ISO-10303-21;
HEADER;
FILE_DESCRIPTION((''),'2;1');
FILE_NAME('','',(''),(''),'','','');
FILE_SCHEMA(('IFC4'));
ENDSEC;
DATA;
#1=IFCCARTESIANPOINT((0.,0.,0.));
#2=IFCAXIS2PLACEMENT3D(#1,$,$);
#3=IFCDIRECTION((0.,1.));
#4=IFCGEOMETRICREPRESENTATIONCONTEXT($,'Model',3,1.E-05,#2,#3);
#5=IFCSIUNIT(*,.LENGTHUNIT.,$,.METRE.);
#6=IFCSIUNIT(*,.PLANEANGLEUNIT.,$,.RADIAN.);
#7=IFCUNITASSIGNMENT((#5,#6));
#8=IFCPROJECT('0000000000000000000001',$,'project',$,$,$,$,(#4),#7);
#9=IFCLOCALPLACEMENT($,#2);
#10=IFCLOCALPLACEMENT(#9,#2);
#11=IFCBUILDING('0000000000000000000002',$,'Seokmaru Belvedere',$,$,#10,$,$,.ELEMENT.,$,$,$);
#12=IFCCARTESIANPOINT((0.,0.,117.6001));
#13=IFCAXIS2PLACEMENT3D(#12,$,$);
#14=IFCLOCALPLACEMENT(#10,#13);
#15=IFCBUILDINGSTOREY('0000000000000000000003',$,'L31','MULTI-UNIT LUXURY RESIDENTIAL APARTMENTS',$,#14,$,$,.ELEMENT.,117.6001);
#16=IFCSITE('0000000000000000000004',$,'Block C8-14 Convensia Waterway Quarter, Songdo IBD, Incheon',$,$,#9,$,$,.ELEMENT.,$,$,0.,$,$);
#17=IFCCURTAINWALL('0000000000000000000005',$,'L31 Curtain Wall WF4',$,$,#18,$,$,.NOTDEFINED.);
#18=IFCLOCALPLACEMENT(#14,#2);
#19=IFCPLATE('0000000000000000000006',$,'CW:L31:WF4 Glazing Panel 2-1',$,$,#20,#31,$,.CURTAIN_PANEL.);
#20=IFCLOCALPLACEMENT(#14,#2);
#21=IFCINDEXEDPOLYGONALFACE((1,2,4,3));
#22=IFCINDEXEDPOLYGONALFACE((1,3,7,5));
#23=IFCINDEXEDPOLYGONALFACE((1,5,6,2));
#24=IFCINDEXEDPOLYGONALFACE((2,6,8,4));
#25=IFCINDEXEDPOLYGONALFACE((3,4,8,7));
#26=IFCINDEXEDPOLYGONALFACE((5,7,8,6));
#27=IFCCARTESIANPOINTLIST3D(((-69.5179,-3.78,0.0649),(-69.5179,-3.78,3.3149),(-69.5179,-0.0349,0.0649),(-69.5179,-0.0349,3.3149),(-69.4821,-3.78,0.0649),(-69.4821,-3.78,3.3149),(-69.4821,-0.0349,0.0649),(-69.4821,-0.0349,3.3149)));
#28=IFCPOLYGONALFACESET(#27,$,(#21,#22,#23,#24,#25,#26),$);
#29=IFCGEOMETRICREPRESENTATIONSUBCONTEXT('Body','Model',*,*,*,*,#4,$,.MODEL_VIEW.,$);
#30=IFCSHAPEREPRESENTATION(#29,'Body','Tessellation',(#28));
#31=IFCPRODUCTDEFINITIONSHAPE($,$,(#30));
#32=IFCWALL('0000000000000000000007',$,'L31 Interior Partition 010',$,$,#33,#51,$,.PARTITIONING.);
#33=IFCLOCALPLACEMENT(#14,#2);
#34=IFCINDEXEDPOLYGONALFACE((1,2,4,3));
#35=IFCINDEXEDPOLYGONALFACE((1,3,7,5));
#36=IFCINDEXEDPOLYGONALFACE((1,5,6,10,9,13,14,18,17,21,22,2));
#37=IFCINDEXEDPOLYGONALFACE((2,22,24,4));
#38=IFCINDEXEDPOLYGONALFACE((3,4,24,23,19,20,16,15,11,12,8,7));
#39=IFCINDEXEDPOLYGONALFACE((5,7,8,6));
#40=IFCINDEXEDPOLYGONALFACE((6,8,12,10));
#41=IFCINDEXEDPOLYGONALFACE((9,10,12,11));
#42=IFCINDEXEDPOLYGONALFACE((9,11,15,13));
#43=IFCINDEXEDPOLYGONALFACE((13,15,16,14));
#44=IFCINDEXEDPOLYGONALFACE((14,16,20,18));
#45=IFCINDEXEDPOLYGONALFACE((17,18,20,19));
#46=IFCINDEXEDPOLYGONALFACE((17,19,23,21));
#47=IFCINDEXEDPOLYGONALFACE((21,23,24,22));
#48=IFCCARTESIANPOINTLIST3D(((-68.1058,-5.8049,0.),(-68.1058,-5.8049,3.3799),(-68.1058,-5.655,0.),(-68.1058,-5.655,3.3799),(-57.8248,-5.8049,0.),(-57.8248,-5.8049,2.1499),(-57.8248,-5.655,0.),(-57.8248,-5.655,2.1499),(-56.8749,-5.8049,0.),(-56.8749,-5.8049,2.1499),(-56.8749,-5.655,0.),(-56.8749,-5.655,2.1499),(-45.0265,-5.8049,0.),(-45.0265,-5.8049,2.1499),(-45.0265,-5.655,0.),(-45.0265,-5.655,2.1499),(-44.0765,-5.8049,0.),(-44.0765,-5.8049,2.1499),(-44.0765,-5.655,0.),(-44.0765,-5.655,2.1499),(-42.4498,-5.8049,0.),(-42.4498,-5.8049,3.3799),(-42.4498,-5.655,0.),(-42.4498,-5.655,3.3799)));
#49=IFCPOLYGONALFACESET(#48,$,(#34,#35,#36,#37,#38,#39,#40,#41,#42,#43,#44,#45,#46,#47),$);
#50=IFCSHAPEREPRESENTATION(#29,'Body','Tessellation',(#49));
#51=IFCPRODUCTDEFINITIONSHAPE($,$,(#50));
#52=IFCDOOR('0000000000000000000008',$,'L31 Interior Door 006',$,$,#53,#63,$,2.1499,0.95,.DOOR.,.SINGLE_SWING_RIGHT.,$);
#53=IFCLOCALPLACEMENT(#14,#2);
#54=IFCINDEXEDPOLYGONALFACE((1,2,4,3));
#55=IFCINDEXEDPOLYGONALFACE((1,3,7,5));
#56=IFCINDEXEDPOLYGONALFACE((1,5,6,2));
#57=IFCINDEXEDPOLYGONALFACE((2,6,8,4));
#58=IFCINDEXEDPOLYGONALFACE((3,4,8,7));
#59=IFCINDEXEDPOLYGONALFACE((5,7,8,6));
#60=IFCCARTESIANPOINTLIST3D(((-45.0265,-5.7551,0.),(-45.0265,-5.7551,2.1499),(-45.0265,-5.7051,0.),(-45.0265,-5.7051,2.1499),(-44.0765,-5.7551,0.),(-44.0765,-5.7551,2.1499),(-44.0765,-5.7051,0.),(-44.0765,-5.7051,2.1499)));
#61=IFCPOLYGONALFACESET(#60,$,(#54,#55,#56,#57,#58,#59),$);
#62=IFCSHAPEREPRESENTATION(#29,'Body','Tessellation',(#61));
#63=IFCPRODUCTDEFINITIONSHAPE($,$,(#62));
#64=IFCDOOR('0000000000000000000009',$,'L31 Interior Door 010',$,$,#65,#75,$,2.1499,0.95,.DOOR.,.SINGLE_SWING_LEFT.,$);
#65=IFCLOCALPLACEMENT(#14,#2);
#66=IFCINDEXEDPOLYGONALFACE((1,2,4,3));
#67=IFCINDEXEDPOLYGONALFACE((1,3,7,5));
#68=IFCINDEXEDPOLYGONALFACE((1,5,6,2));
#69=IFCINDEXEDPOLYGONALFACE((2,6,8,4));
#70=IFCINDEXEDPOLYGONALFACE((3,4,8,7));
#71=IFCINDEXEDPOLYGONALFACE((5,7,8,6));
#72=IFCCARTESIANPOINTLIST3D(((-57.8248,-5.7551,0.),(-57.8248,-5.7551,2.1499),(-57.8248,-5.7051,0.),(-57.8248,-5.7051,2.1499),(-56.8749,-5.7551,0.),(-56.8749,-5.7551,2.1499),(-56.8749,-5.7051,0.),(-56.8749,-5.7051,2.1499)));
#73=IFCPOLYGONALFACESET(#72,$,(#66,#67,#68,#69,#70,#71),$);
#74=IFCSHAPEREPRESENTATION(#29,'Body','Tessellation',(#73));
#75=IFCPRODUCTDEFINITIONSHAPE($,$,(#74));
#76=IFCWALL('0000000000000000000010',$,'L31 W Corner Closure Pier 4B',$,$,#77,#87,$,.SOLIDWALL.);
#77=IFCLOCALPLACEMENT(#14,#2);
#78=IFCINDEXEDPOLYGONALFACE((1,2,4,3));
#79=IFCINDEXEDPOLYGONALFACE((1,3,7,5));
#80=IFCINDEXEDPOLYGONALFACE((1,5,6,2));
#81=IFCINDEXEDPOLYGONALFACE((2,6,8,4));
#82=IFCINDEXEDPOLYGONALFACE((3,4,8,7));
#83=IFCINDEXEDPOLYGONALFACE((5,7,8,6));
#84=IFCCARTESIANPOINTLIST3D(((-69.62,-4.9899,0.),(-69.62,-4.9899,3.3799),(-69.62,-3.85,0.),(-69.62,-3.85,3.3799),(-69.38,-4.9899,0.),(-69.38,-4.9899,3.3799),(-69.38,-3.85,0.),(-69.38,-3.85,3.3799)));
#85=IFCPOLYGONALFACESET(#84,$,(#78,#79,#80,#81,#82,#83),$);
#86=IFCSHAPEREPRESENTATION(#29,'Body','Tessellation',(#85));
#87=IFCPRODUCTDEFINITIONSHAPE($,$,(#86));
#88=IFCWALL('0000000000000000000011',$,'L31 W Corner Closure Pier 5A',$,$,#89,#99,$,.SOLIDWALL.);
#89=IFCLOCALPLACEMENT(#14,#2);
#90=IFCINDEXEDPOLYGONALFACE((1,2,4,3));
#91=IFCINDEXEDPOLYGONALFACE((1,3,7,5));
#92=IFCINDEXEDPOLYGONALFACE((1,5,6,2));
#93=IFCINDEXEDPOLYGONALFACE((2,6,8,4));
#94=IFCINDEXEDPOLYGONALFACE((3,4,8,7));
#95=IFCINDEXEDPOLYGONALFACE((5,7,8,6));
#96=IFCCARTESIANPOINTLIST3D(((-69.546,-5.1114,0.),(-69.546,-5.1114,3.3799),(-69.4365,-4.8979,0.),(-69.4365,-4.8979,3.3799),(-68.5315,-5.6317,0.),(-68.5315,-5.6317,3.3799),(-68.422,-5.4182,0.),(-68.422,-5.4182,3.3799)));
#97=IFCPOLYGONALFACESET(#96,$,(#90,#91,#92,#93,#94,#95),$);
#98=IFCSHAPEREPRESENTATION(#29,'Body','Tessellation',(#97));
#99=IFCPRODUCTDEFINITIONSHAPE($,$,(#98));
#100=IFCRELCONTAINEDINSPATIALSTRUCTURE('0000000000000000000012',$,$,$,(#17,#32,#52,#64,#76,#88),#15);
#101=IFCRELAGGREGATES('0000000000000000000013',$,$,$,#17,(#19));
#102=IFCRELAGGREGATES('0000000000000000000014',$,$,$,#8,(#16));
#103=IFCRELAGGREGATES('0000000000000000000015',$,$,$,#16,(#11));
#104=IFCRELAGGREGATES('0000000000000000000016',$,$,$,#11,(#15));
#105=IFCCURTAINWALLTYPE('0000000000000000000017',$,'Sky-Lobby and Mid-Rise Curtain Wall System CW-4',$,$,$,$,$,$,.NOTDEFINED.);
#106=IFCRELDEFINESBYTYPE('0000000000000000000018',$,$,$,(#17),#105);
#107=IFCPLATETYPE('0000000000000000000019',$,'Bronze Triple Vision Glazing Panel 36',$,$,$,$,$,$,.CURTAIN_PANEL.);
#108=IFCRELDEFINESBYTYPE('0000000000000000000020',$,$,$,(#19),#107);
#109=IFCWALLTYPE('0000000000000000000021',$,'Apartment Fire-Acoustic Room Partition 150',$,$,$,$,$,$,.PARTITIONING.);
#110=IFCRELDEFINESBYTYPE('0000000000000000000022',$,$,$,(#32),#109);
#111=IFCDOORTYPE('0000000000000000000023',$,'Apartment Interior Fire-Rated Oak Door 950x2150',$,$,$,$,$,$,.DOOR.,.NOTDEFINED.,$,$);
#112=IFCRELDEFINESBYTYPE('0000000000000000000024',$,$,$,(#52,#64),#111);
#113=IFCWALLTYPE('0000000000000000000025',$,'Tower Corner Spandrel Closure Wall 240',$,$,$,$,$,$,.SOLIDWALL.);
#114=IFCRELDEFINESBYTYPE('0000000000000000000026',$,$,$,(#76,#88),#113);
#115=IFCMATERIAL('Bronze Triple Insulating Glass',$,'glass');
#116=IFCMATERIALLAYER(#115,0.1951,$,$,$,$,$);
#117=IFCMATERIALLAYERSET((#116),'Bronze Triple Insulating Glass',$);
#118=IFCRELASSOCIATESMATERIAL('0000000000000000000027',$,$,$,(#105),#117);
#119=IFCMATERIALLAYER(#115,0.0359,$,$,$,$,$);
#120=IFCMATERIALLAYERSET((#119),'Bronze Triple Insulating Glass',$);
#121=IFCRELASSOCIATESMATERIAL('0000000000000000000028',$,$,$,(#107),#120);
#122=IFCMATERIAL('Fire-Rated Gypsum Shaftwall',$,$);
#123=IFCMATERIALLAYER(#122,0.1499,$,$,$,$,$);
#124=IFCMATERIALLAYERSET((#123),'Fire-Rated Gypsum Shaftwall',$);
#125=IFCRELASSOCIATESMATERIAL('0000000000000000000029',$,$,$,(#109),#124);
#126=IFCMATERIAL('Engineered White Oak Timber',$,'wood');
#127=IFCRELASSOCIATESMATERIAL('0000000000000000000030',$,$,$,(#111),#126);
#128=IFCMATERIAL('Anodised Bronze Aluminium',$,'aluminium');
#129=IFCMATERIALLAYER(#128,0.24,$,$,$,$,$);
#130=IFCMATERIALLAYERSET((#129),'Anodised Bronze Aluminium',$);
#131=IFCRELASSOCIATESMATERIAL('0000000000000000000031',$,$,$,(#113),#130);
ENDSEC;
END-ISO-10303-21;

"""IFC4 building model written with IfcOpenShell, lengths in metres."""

from ifc_helpers import new_model, si_unit, direction, frame, frame_2d, origin, origin_2d, place, context, subcontext, project, spatial, rectangle, extrude, source, transform, mapped, material, layer, layer_set, type_object, type_shapes, element, fill, aggregate, save


model = new_model("IFC4")

# Units and contexts
model_context = context("Model", 3, precision=1e-05, world=origin(), true_north=direction((0.0, 1.0)))
body_context = subcontext(model_context, "Body", "Model", "MODEL_VIEW")
ifc_project = project(units=[si_unit("LENGTHUNIT", "METRE"), si_unit("PLANEANGLEUNIT", "RADIAN")], contexts=[model_context])

# Site, building, storey
site_placement = place(None, origin())
site = spatial("IfcSite", under=ifc_project, at=site_placement, Name="Block C8-14 Convensia Waterway Quarter, Songdo IBD, Incheon", CompositionType="ELEMENT", RefElevation=0.0)
building_placement = place(site_placement, origin())
building = spatial("IfcBuilding", under=site, at=building_placement, Name="Seokmaru Belvedere", CompositionType="ELEMENT")
storey_placement = place(building_placement, frame((0.0, 0.0, 117.6001)))
storey = spatial("IfcBuildingStorey", under=building, at=storey_placement, Name="L31", Description="MULTI-UNIT LUXURY RESIDENTIAL APARTMENTS", CompositionType="ELEMENT", Elevation=117.6001)

# Curtain wall
ifc_material_1 = material(Name="Bronze Triple Insulating Glass", Category="glass")
ifc_layer_1 = layer(ifc_material_1, 0.1951)
ifc_layer_set_1 = layer_set([ifc_layer_1], Name="Bronze Triple Insulating Glass")
curtain_wall_type = type_object("IfcCurtainWallType", Name="Sky-Lobby and Mid-Rise Curtain Wall System CW-4", PredefinedType="NOTDEFINED", material=ifc_layer_set_1)
curtain_wall_1_placement = place(storey_placement, origin())
curtain_wall_1 = element("IfcCurtainWall", 1, at=curtain_wall_1_placement, inside=storey, type_object=curtain_wall_type, Name="L31 Curtain Wall WF4", PredefinedType="NOTDEFINED")
ifc_material_2 = material(Name="Anodised Bronze Aluminium", Category="aluminium")

# Shared definitions
ifc_layer_2 = layer(ifc_material_1, 0.0359)
ifc_layer_set_2 = layer_set([ifc_layer_2], Name="Bronze Triple Insulating Glass")
plate_type = type_object("IfcPlateType", Name="Bronze Triple Vision Glazing Panel 36", PredefinedType="CURTAIN_PANEL", material=ifc_layer_set_2)

# Plate
shared_shape_1 = source(origin(), body_context, "Body", "SweptSolid", [
    extrude(rectangle(XDim=3.7451, YDim=0.0359, at=origin_2d()), origin(), (0.0, 0.0, 1.0), 3.25),
])
plate_1_placement = place(storey_placement, frame((-69.5, -1.9075, 0.0649), z_axis=(0.0, 0.0, 1.0), x_axis=(0.0, -1.0, 0.0)))
plate_1 = element("IfcPlate", 2, at=plate_1_placement, type_object=plate_type, Name="CW:L31:WF4 Glazing Panel 2-1", PredefinedType="CURTAIN_PANEL", context=body_context, shape_type="MappedRepresentation", body=[
    mapped(shared_shape_1, transform((0.0, 0.0, 0.0), scale=1.0)),
])
aggregate(curtain_wall_1, [plate_1])

# Wall, openings, doors
ifc_material_3 = material(Name="Fire-Rated Gypsum Shaftwall")
ifc_layer_3 = layer(ifc_material_3, 0.1499)
ifc_layer_set_3 = layer_set([ifc_layer_3], Name="Fire-Rated Gypsum Shaftwall")
wall_type_1 = type_object("IfcWallType", Name="Apartment Fire-Acoustic Room Partition 150", PredefinedType="PARTITIONING", material=ifc_layer_set_3)
wall_1_placement = place(storey_placement, frame((-68.106, -5.73, 0.0), z_axis=(0.0, 0.0, 1.0), x_axis=(1.0, 0.0, 0.0)))
wall_1 = element("IfcWall", 3, at=wall_1_placement, inside=storey, type_object=wall_type_1, Name="L31 Interior Partition 010", PredefinedType="PARTITIONING", context=body_context, shape_type="SweptSolid", body=[
    extrude(rectangle(XDim=25.656, YDim=0.1499, at=frame_2d((12.8281, 0.0))), origin(), (0.0, 0.0, 1.0), 3.3799),
])
opening_1_placement = place(wall_1_placement, frame((23.0793, 0.0, 0.0)))
opening_1 = element("IfcOpeningElement", 4, at=opening_1_placement, cuts=wall_1, PredefinedType="OPENING", context=body_context, shape_type="SweptSolid", body=[
    extrude(rectangle(XDim=0.95, YDim=2.1499, at=frame_2d((0.4751, 1.075))), frame((0.0, 0.085, 0.0), z_axis=(0.0, -1.0, 0.0), x_axis=(1.0, 0.0, 0.0)), (0.0, 0.0, 1.0), 0.1699),
])
opening_2_placement = place(wall_1_placement, frame((10.281, 0.0, 0.0)))
opening_2 = element("IfcOpeningElement", 5, at=opening_2_placement, cuts=wall_1, PredefinedType="OPENING", context=body_context, shape_type="SweptSolid", body=[
    extrude(rectangle(XDim=0.95, YDim=2.1499, at=frame_2d((0.4751, 1.075))), frame((0.0, 0.085, 0.0), z_axis=(0.0, -1.0, 0.0), x_axis=(1.0, 0.0, 0.0)), (0.0, 0.0, 1.0), 0.1699),
])
ifc_material_4 = material(Name="Engineered White Oak Timber", Category="wood")
door_type = type_object("IfcDoorType", Name="Apartment Interior Fire-Rated Oak Door 950x2150", OperationType="NOTDEFINED", PredefinedType="DOOR", material=ifc_material_4)
shared_shape_2 = source(origin(), body_context, "Body", "SweptSolid", [
    extrude(rectangle(XDim=0.95, YDim=2.1499, at=frame_2d((0.4751, 1.075))), frame((0.0, 0.0249, 0.0), z_axis=(0.0, -1.0, 0.0), x_axis=(1.0, 0.0, 0.0)), (0.0, 0.0, 1.0), 0.05),
])
type_shapes(door_type, [shared_shape_2])
door_1_placement = place(opening_1_placement, origin())
door_1 = element("IfcDoor", 6, at=door_1_placement, inside=storey, type_object=door_type, Name="L31 Interior Door 006", OperationType="SINGLE_SWING_RIGHT", OverallHeight=2.1499, OverallWidth=0.95, PredefinedType="DOOR", context=body_context, shape_type="MappedRepresentation", body=[
    mapped(shared_shape_2, transform((0.0, 0.0, 0.0), scale=1.0)),
])
fill(opening_1, door_1)
door_2_placement = place(opening_2_placement, origin())
door_2 = element("IfcDoor", 7, at=door_2_placement, inside=storey, type_object=door_type, Name="L31 Interior Door 010", OperationType="SINGLE_SWING_LEFT", OverallHeight=2.1499, OverallWidth=0.95, PredefinedType="DOOR", context=body_context, shape_type="MappedRepresentation", body=[
    mapped(shared_shape_2, transform((0.0, 0.0, 0.0), scale=1.0)),
])
fill(opening_2, door_2)

# Walls
ifc_layer_4 = layer(ifc_material_2, 0.24)
ifc_layer_set_4 = layer_set([ifc_layer_4], Name="Anodised Bronze Aluminium")
wall_type_2 = type_object("IfcWallType", Name="Tower Corner Spandrel Closure Wall 240", PredefinedType="SOLIDWALL", material=ifc_layer_set_4)
wall_2_placement = place(storey_placement, frame((-69.5, -3.8501, 0.0), z_axis=(0.0, 0.0, 1.0), x_axis=(0.0, -1.0, 0.0)))
element("IfcWall", 8, at=wall_2_placement, inside=storey, type_object=wall_type_2, Name="L31 W Corner Closure Pier 4B", PredefinedType="SOLIDWALL", context=body_context, shape_type="SweptSolid", body=[
    extrude(rectangle(XDim=1.1399, YDim=0.24, at=frame_2d((0.5698, 0.0))), origin(), (0.0, 0.0, 1.0), 3.3799),
])
wall_3_placement = place(storey_placement, frame((-69.4912, -5.0046, 0.0), z_axis=(0.0, 0.0, 1.0), x_axis=(0.889797, -0.456356, 0.0)))
element("IfcWall", 9, at=wall_3_placement, inside=storey, type_object=wall_type_2, Name="L31 W Corner Closure Pier 5A", PredefinedType="SOLIDWALL", context=body_context, shape_type="SweptSolid", body=[
    extrude(rectangle(XDim=1.1401, YDim=0.24, at=frame_2d((0.5701, 0.0))), origin(), (0.0, 0.0, 1.0), 3.3799),
])

save(model, "model.ifc")
